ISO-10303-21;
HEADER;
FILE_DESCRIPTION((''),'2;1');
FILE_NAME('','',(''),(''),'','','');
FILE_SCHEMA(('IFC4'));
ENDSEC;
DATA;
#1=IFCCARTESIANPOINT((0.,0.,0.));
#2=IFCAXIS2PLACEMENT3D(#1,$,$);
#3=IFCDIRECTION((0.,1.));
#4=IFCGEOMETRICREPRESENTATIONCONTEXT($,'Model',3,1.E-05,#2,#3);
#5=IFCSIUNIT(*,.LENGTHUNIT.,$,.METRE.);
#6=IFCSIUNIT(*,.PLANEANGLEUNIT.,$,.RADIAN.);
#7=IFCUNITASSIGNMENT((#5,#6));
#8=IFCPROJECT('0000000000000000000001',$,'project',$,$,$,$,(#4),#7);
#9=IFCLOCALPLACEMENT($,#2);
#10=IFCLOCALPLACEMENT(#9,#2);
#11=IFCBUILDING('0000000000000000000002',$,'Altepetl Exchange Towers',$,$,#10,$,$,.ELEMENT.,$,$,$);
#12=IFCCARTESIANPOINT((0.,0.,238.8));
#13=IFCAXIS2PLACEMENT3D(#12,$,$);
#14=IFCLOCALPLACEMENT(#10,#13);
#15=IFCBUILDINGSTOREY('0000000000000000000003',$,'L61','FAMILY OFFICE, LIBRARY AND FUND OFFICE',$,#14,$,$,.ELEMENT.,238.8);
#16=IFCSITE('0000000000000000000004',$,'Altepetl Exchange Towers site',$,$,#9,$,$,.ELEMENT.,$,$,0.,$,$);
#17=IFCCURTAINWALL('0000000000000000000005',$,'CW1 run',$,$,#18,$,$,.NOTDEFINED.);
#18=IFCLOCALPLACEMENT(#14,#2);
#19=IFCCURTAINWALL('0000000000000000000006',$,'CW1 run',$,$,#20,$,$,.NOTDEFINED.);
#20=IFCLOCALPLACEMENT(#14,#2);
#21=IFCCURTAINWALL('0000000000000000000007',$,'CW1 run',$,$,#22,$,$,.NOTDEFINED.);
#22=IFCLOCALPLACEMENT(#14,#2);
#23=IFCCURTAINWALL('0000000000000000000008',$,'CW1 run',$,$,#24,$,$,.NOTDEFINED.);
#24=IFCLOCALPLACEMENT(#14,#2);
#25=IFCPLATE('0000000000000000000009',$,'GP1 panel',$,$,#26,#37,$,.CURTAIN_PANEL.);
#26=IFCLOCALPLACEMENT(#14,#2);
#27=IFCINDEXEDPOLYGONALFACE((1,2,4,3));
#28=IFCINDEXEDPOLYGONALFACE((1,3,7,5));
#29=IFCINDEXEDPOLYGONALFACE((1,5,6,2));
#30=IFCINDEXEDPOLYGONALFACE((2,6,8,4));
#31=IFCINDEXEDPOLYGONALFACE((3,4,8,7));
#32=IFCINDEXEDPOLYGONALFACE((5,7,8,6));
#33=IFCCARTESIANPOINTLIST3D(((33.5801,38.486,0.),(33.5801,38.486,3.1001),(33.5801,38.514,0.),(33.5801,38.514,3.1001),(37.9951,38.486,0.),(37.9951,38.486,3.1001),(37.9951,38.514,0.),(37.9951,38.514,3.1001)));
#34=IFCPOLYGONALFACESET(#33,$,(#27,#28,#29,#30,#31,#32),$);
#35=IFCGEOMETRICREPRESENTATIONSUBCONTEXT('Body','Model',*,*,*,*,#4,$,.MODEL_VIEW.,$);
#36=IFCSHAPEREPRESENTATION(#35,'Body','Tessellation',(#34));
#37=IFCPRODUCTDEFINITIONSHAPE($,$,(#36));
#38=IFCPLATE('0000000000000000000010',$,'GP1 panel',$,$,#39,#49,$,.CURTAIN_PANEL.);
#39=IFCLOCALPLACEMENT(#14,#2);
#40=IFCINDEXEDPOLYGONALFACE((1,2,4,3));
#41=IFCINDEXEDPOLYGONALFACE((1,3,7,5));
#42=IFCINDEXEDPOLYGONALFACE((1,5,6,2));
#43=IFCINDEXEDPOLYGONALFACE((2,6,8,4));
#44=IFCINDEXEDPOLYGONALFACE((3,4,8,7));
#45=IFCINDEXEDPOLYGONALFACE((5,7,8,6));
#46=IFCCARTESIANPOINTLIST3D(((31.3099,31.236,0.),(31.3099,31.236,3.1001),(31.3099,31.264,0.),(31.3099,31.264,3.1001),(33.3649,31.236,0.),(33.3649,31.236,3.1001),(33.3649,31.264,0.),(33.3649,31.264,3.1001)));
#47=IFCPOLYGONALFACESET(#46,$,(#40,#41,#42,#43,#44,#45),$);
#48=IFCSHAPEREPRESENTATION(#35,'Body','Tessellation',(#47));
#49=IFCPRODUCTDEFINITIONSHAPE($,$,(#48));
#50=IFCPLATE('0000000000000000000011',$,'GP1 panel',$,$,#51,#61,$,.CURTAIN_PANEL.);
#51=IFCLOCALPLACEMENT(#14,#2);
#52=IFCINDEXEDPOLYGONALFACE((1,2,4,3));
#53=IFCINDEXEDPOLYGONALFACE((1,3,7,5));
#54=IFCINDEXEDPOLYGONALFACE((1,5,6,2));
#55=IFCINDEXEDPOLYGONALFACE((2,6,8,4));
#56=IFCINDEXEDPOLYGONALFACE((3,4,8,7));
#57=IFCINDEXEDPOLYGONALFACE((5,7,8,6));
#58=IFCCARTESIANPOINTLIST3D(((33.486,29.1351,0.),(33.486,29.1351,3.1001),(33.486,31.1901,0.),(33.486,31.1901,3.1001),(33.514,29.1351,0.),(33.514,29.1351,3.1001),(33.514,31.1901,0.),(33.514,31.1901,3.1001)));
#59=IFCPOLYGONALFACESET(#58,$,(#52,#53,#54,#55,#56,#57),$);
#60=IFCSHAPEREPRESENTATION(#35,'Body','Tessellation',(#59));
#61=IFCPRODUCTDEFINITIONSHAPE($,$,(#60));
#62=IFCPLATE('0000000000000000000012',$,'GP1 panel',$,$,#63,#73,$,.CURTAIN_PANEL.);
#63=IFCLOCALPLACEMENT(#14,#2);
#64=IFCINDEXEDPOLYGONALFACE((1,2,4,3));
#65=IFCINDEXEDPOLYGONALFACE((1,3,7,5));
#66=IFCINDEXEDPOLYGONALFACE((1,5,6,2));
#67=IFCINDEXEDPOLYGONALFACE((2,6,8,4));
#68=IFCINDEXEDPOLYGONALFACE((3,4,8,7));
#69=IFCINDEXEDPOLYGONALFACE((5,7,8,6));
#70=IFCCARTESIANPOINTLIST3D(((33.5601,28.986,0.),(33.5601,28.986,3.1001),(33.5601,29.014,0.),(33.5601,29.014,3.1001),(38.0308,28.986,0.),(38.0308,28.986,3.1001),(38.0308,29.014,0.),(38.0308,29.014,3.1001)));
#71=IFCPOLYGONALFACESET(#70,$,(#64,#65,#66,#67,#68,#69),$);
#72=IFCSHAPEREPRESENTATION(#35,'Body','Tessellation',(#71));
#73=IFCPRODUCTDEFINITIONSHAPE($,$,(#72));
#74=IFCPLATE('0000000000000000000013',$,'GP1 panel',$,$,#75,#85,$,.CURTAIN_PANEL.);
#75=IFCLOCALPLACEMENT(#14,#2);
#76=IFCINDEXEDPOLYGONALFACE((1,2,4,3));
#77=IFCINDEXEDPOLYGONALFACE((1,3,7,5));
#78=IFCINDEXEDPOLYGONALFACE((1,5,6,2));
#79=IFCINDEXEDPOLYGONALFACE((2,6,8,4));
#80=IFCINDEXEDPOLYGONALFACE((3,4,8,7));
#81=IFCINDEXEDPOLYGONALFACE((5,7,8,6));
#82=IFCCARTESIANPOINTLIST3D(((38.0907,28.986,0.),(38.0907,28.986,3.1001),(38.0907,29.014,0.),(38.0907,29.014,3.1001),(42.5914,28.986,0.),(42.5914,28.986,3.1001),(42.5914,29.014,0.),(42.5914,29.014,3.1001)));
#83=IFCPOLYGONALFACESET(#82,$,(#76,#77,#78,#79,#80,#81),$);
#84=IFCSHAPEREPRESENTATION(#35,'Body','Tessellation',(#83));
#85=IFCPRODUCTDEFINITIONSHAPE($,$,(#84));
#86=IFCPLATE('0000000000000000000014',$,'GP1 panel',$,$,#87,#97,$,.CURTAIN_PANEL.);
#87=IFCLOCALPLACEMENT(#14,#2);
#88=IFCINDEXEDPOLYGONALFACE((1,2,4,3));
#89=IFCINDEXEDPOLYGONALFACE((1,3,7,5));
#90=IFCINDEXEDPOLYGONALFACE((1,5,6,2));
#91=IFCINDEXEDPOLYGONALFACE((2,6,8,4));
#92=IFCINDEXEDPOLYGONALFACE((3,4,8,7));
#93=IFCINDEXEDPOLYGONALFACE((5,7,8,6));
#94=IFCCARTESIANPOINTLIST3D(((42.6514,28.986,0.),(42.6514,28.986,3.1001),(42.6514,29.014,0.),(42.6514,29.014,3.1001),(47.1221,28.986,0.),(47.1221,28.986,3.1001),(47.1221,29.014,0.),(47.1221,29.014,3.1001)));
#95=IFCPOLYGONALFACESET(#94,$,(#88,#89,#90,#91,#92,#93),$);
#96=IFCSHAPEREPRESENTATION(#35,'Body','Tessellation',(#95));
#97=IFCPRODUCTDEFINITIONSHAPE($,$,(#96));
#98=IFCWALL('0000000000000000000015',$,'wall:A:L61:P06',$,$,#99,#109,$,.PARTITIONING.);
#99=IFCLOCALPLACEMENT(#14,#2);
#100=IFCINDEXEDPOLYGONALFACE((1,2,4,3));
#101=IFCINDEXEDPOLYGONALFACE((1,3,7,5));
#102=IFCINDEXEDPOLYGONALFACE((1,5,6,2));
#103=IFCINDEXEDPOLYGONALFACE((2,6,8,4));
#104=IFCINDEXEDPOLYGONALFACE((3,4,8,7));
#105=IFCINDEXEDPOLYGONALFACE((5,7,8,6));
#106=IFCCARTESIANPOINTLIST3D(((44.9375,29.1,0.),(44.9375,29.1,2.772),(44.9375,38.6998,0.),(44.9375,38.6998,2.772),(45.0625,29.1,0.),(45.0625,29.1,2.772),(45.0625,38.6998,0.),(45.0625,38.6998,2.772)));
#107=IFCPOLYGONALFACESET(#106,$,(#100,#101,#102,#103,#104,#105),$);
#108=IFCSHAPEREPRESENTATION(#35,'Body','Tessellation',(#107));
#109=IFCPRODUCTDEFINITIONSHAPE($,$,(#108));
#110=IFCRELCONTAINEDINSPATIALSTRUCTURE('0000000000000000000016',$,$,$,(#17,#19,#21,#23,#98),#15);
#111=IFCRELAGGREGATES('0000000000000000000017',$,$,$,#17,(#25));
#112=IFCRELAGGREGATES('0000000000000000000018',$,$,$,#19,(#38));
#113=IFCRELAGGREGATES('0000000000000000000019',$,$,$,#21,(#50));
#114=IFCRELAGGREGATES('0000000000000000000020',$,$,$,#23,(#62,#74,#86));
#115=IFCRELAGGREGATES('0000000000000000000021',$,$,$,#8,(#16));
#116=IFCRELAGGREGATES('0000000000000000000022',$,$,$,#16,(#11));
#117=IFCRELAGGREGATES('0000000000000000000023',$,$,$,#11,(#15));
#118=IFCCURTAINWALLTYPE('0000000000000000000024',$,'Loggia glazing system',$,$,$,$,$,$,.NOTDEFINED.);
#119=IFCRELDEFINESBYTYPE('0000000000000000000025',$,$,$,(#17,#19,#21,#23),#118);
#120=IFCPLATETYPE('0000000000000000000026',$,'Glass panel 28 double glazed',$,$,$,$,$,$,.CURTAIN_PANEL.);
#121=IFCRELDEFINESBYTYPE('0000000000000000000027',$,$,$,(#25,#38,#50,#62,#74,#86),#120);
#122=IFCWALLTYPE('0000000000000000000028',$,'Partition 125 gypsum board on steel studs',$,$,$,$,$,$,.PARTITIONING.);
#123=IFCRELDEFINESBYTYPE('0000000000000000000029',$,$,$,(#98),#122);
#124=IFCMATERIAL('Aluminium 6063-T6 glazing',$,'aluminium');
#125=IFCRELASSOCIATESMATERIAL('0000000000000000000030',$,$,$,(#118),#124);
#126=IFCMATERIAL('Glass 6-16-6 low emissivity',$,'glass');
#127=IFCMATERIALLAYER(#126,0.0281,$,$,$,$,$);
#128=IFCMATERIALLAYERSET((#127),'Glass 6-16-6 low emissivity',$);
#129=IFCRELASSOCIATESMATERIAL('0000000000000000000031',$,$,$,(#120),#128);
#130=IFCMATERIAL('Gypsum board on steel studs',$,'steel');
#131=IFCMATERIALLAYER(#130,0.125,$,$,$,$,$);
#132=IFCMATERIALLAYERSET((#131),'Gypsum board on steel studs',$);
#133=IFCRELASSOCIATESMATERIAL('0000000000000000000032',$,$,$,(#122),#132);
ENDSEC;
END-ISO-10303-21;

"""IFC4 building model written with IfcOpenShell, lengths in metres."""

from ifc_helpers import new_model, si_unit, direction, frame, frame_2d, origin, origin_2d, place, context, subcontext, project, spatial, rectangle, extrude, material, layer, layer_set, type_object, element, aggregate, save


model = new_model("IFC4")

# Units and contexts
model_context = context("Model", 3, precision=1e-05, world=origin(), true_north=direction((0.0, 1.0)))
body_context = subcontext(model_context, "Body", "Model", "MODEL_VIEW")
ifc_project = project(units=[si_unit("LENGTHUNIT", "METRE"), si_unit("PLANEANGLEUNIT", "RADIAN")], contexts=[model_context])

# Site, building, storey
site_placement = place(None, origin())
site = spatial("IfcSite", under=ifc_project, at=site_placement, Name="Altepetl Exchange Towers site", CompositionType="ELEMENT", RefElevation=0.0)
building_placement = place(site_placement, origin())
building = spatial("IfcBuilding", under=site, at=building_placement, Name="Altepetl Exchange Towers", CompositionType="ELEMENT")
storey_placement = place(building_placement, frame((0.0, 0.0, 238.8)))
storey = spatial("IfcBuildingStorey", under=building, at=storey_placement, Name="L61", Description="FAMILY OFFICE, LIBRARY AND FUND OFFICE", CompositionType="ELEMENT", Elevation=238.8)

# Curtain wall
ifc_material_1 = material(Name="Aluminium 6063-T6 glazing", Category="aluminium")
curtain_wall_type = type_object("IfcCurtainWallType", Name="Loggia glazing system", PredefinedType="NOTDEFINED", material=ifc_material_1)
curtain_wall_1_placement = place(storey_placement, origin())
curtain_wall_1 = element("IfcCurtainWall", 1, at=curtain_wall_1_placement, inside=storey, type_object=curtain_wall_type, Name="CW1 run", PredefinedType="NOTDEFINED")

# Curtain wall
curtain_wall_2_placement = place(storey_placement, origin())
curtain_wall_2 = element("IfcCurtainWall", 2, at=curtain_wall_2_placement, inside=storey, type_object=curtain_wall_type, Name="CW1 run", PredefinedType="NOTDEFINED")

# Curtain walls
curtain_wall_3_placement = place(storey_placement, origin())
curtain_wall_3 = element("IfcCurtainWall", 3, at=curtain_wall_3_placement, inside=storey, type_object=curtain_wall_type, Name="CW1 run", PredefinedType="NOTDEFINED")
curtain_wall_4_placement = place(storey_placement, origin())
curtain_wall_4 = element("IfcCurtainWall", 4, at=curtain_wall_4_placement, inside=storey, type_object=curtain_wall_type, Name="CW1 run", PredefinedType="NOTDEFINED")

# Plates
ifc_material_2 = material(Name="Glass 6-16-6 low emissivity", Category="glass")
ifc_layer_1 = layer(ifc_material_2, 0.0281)
ifc_layer_set_1 = layer_set([ifc_layer_1], Name="Glass 6-16-6 low emissivity")
plate_type = type_object("IfcPlateType", Name="Glass panel 28 double glazed", PredefinedType="CURTAIN_PANEL", material=ifc_layer_set_1)
plate_1_placement = place(storey_placement, frame((35.7876, 38.5, 0.0), z_axis=(0.0, 0.0, 1.0), x_axis=(-1.0, 0.0, 0.0)))
plate_1 = element("IfcPlate", 5, at=plate_1_placement, type_object=plate_type, Name="GP1 panel", PredefinedType="CURTAIN_PANEL", context=body_context, shape_type="SweptSolid", body=[
    extrude(rectangle(XDim=4.415, YDim=0.0281, at=origin_2d()), origin(), (0.0, 0.0, 1.0), 3.1001),
])
aggregate(curtain_wall_1, [plate_1])
plate_2_placement = place(storey_placement, frame((32.3374, 31.25, 0.0)))
plate_2 = element("IfcPlate", 6, at=plate_2_placement, type_object=plate_type, Name="GP1 panel", PredefinedType="CURTAIN_PANEL", context=body_context, shape_type="SweptSolid", body=[
    extrude(rectangle(XDim=2.0549, YDim=0.0281, at=origin_2d()), origin(), (0.0, 0.0, 1.0), 3.1001),
])
aggregate(curtain_wall_2, [plate_2])
plate_3_placement = place(storey_placement, frame((33.5, 30.1626, 0.0), z_axis=(0.0, 0.0, 1.0), x_axis=(0.0, -1.0, 0.0)))
plate_3 = element("IfcPlate", 7, at=plate_3_placement, type_object=plate_type, Name="GP1 panel", PredefinedType="CURTAIN_PANEL", context=body_context, shape_type="SweptSolid", body=[
    extrude(rectangle(XDim=2.0549, YDim=0.0281, at=origin_2d()), origin(), (0.0, 0.0, 1.0), 3.1001),
])
aggregate(curtain_wall_3, [plate_3])
plate_4_placement = place(storey_placement, frame((35.7954, 29.0, 0.0)))
plate_4 = element("IfcPlate", 8, at=plate_4_placement, type_object=plate_type, Name="GP1 panel", PredefinedType="CURTAIN_PANEL", context=body_context, shape_type="SweptSolid", body=[
    extrude(rectangle(XDim=4.4707, YDim=0.0281, at=origin_2d()), origin(), (0.0, 0.0, 1.0), 3.1001),
])
plate_5_placement = place(storey_placement, frame((40.3411, 29.0, 0.0)))
plate_5 = element("IfcPlate", 9, at=plate_5_placement, type_object=plate_type, Name="GP1 panel", PredefinedType="CURTAIN_PANEL", context=body_context, shape_type="SweptSolid", body=[
    extrude(rectangle(XDim=4.5007, YDim=0.0281, at=origin_2d()), origin(), (0.0, 0.0, 1.0), 3.1001),
])
plate_6_placement = place(storey_placement, frame((44.8867, 29.0, 0.0)))
plate_6 = element("IfcPlate", 10, at=plate_6_placement, type_object=plate_type, Name="GP1 panel", PredefinedType="CURTAIN_PANEL", context=body_context, shape_type="SweptSolid", body=[
    extrude(rectangle(XDim=4.4707, YDim=0.0281, at=origin_2d()), origin(), (0.0, 0.0, 1.0), 3.1001),
])
aggregate(curtain_wall_4, [plate_4, plate_5, plate_6])

# Wall
ifc_material_3 = material(Name="Gypsum board on steel studs", Category="steel")
ifc_layer_2 = layer(ifc_material_3, 0.125)
ifc_layer_set_2 = layer_set([ifc_layer_2], Name="Gypsum board on steel studs")
wall_type_1 = type_object("IfcWallType", Name="Partition 125 gypsum board on steel studs", PredefinedType="PARTITIONING", material=ifc_layer_set_2)
wall_1_placement = place(storey_placement, frame((45.0, 29.1001, 0.0), z_axis=(0.0, 0.0, 1.0), x_axis=(0.0, 1.0, 0.0)))
element("IfcWall", 11, at=wall_1_placement, inside=storey, type_object=wall_type_1, Name="wall:A:L61:P06", PredefinedType="PARTITIONING", context=body_context, shape_type="SweptSolid", body=[
    extrude(rectangle(XDim=9.5999, YDim=0.125, at=frame_2d((4.7998, 0.0))), origin(), (0.0, 0.0, 1.0), 2.772),
])

save(model, "model.ifc")
